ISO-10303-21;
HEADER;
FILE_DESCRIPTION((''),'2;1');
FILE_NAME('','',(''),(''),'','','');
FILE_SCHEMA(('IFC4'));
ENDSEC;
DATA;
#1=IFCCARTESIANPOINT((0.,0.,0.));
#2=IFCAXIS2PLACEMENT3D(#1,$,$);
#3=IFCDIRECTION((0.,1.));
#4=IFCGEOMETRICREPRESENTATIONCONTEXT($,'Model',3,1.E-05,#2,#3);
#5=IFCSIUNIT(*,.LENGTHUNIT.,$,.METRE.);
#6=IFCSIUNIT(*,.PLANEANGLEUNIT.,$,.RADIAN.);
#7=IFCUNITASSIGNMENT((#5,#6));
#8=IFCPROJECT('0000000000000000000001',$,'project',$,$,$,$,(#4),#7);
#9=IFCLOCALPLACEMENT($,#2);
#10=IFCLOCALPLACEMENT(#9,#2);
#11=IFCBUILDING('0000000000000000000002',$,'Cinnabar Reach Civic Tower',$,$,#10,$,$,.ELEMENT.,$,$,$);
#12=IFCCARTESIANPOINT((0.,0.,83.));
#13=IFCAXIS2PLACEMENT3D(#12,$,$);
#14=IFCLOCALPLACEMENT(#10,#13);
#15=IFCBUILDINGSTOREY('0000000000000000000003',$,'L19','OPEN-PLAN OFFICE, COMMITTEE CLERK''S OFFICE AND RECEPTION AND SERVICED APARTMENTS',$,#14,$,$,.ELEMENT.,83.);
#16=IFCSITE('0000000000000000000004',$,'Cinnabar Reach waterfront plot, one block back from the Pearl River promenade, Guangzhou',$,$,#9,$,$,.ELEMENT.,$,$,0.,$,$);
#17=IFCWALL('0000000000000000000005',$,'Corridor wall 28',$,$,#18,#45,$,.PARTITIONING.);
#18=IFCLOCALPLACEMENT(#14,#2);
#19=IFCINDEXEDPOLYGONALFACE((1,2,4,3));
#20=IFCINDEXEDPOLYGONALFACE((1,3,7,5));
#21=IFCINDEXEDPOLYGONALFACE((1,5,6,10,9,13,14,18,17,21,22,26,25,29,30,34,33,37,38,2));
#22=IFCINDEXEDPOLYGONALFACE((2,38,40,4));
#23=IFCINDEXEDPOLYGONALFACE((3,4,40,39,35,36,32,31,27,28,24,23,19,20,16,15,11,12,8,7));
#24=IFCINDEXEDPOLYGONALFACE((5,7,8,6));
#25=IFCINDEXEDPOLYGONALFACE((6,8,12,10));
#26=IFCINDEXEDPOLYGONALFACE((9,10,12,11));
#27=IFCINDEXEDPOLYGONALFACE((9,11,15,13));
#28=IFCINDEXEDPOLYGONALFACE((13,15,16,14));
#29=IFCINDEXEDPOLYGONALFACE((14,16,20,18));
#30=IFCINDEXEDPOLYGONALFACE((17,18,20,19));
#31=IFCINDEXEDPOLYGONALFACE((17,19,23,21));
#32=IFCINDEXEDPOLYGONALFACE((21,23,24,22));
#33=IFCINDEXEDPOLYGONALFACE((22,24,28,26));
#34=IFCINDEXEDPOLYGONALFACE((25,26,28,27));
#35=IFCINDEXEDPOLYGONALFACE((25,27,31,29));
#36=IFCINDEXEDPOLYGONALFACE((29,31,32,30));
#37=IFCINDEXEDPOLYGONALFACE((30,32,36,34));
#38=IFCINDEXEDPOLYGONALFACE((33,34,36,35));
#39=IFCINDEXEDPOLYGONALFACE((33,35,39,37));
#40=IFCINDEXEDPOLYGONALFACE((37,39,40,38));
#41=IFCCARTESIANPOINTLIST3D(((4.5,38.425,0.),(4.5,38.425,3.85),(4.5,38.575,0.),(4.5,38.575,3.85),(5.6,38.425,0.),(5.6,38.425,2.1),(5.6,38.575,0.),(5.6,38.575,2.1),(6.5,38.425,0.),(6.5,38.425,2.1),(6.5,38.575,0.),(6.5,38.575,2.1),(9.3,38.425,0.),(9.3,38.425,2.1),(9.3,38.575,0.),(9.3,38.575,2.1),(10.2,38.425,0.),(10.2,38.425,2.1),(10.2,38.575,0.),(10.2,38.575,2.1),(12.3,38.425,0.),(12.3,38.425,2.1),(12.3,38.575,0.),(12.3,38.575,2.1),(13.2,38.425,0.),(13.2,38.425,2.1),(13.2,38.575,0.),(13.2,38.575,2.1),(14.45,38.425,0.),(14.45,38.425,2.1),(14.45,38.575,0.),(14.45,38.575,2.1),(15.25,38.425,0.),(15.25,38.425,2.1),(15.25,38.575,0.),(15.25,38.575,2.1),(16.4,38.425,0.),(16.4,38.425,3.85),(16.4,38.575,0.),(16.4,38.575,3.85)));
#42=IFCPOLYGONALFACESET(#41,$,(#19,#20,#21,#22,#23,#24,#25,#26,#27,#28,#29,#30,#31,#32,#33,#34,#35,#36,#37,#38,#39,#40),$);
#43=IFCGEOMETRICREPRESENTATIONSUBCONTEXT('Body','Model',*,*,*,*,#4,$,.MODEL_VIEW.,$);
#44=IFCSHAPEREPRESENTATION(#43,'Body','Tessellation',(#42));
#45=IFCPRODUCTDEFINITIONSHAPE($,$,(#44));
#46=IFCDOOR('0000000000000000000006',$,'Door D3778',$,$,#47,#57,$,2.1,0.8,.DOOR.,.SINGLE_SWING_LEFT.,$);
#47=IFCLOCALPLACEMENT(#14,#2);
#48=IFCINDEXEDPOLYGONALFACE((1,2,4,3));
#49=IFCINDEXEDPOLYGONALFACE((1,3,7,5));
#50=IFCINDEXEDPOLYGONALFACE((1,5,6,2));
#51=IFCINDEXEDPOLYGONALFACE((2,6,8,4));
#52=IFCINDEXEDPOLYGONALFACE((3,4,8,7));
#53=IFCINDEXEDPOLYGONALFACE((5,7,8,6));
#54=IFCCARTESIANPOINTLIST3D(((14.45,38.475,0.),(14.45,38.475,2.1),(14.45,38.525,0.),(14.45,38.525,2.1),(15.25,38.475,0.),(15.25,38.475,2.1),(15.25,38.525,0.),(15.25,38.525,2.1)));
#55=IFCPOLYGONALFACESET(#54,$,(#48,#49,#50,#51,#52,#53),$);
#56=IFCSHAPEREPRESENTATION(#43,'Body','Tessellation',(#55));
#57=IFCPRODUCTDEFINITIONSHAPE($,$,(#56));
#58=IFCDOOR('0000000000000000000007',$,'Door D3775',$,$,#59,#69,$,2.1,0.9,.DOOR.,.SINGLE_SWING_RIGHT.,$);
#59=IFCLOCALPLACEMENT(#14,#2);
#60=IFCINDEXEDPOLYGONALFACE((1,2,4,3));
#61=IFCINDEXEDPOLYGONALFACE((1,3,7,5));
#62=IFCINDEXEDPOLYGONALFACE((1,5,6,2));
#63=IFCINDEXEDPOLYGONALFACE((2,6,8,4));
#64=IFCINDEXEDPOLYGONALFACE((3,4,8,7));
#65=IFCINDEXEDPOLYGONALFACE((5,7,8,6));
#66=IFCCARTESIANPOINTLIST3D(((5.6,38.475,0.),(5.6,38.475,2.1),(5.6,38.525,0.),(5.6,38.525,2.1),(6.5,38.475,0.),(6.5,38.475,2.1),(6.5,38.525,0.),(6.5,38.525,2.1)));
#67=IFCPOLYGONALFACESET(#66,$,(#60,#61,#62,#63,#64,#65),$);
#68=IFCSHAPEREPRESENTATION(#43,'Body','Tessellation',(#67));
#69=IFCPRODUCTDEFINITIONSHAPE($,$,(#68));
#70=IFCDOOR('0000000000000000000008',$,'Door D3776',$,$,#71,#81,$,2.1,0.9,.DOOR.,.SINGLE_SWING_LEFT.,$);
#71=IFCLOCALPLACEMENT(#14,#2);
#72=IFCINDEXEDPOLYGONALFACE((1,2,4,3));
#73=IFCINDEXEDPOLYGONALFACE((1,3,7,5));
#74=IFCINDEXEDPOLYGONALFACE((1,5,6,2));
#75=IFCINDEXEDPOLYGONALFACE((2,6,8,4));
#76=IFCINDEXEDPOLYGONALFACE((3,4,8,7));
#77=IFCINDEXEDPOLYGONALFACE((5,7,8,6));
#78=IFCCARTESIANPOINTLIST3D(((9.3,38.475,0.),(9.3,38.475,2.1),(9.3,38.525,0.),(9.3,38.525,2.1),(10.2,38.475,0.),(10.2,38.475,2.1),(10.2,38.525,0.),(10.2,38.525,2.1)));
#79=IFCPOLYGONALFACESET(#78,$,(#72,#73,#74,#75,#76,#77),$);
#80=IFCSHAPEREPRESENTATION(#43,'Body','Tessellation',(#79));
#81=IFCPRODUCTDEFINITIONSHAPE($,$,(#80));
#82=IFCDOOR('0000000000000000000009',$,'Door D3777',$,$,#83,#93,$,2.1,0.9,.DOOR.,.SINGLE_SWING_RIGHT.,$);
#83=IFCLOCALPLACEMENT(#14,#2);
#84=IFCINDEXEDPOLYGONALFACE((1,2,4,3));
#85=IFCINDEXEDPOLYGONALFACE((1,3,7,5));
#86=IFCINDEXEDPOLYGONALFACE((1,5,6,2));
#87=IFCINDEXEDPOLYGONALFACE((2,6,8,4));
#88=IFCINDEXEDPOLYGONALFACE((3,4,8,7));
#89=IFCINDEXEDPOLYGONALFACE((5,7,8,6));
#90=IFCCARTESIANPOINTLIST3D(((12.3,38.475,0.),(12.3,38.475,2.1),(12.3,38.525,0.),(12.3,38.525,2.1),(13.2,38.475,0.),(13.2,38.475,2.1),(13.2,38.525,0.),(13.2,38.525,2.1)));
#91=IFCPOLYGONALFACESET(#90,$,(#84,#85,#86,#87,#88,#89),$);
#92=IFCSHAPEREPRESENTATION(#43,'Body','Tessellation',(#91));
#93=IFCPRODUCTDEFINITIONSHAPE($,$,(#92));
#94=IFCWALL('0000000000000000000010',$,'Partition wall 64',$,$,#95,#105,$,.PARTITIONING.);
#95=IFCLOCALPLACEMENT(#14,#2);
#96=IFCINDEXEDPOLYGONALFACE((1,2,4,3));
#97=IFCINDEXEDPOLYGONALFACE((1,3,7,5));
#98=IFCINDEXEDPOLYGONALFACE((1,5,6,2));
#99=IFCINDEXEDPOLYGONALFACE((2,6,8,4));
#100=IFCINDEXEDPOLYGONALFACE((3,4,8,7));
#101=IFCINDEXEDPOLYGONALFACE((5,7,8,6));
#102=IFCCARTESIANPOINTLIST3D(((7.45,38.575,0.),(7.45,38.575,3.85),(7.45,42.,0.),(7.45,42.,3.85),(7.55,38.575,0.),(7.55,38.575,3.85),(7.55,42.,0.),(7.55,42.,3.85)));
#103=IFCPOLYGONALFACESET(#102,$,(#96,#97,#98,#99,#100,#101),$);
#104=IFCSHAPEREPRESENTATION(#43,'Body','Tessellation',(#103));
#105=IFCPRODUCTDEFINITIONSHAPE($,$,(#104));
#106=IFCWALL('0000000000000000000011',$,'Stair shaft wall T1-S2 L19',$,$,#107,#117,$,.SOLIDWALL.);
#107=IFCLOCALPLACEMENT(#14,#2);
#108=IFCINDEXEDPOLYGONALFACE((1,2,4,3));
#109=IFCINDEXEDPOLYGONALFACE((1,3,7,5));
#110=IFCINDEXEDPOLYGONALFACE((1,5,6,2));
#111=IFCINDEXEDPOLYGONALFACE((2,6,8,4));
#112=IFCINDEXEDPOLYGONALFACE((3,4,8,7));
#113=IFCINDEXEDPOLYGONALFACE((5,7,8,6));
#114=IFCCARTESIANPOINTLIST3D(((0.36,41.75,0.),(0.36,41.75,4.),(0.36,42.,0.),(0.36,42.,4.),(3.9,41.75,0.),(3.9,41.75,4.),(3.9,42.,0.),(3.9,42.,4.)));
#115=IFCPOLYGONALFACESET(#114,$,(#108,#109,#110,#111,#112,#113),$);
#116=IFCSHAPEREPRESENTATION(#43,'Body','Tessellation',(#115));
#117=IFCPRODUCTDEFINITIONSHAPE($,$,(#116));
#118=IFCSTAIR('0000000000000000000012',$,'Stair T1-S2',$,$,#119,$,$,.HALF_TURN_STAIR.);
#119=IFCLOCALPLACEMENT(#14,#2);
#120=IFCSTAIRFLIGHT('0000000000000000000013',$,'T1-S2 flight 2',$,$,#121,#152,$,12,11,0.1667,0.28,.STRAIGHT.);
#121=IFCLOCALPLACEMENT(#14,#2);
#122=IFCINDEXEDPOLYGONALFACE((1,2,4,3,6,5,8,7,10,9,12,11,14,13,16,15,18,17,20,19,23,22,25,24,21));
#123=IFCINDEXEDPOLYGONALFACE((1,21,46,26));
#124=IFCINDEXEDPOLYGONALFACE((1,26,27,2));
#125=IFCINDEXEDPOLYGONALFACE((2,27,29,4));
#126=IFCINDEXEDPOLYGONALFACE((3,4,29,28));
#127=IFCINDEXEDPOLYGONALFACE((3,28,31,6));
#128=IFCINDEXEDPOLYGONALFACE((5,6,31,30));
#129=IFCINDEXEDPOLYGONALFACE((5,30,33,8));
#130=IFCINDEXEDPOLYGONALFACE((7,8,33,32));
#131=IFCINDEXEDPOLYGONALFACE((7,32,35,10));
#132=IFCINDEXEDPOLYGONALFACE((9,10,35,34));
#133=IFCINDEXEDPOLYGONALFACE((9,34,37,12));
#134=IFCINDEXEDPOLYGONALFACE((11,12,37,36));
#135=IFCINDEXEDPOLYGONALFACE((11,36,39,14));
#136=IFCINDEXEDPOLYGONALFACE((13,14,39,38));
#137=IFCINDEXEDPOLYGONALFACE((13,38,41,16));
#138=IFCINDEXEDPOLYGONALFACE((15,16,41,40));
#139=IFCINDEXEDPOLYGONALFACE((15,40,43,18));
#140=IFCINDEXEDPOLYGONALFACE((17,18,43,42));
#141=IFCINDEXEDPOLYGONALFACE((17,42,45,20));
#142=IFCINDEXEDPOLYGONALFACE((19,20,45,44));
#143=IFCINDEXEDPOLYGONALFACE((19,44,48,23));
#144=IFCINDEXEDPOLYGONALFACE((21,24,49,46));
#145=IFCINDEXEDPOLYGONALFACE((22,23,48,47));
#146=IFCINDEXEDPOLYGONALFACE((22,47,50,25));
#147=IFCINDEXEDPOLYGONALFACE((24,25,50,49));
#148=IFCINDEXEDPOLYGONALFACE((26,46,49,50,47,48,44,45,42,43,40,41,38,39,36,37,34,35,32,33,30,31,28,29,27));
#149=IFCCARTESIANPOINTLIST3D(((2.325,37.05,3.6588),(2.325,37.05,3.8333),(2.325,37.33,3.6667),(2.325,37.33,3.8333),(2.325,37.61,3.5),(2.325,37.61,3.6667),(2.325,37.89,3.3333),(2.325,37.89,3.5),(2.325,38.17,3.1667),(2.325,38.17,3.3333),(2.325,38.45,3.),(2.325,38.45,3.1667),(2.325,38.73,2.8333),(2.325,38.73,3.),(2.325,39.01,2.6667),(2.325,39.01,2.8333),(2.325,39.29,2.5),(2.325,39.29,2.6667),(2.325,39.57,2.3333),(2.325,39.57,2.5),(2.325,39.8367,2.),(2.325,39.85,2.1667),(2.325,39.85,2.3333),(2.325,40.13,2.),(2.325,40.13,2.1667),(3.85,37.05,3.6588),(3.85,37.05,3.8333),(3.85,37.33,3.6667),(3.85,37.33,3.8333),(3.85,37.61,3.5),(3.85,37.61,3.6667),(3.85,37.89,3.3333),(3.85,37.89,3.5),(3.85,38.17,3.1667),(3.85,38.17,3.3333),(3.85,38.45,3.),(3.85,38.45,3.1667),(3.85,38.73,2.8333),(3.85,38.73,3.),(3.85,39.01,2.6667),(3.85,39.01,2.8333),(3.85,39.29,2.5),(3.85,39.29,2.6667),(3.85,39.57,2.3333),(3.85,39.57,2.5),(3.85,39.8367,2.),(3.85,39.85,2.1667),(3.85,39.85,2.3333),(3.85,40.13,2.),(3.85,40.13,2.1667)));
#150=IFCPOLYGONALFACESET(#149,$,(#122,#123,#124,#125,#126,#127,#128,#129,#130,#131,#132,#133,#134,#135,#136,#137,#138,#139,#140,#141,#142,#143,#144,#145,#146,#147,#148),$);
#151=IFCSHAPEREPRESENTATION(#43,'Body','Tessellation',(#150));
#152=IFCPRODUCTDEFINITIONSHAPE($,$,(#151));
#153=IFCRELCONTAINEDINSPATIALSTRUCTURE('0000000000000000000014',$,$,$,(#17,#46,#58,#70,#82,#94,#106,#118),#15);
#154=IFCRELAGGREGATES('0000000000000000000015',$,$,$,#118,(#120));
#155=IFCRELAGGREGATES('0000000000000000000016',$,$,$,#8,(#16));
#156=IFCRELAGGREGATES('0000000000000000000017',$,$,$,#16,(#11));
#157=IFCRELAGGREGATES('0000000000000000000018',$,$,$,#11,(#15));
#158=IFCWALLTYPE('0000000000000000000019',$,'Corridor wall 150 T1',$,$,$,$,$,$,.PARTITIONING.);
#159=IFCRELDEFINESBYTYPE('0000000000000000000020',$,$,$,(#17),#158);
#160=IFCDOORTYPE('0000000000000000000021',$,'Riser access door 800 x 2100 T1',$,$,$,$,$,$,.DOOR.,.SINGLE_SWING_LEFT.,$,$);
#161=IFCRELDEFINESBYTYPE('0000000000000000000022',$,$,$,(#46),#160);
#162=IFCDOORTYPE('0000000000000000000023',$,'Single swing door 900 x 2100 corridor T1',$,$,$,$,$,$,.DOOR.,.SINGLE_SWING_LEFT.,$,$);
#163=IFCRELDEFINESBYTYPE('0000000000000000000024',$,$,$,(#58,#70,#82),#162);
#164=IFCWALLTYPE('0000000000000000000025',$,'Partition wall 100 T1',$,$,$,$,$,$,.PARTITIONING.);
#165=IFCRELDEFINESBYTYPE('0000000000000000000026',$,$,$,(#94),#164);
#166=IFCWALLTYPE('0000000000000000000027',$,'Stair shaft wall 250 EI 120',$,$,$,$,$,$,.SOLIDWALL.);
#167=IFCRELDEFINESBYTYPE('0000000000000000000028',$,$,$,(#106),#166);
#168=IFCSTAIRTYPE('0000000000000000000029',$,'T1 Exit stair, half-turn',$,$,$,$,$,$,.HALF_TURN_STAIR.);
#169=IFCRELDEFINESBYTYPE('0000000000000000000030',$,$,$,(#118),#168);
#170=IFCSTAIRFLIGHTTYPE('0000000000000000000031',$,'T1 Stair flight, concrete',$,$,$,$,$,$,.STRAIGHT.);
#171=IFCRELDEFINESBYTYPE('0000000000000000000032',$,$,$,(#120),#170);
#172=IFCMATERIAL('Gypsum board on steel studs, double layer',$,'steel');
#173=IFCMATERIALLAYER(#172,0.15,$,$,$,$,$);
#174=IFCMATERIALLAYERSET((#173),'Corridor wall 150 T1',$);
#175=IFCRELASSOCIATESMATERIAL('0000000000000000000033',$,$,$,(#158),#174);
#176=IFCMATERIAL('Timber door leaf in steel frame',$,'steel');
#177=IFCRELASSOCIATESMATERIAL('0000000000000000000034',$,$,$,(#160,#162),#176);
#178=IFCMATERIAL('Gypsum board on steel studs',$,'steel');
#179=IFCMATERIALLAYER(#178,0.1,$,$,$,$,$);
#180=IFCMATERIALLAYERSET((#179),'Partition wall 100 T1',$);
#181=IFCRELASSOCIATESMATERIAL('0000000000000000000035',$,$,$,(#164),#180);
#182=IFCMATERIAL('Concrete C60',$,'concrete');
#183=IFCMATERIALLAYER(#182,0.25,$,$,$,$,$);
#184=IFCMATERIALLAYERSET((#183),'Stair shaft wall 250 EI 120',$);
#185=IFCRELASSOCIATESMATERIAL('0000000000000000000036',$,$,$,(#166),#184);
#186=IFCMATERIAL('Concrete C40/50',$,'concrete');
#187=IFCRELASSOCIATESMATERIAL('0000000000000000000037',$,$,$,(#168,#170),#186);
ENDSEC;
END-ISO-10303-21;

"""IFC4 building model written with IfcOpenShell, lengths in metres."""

from ifc_helpers import new_model, si_unit, direction, frame, frame_2d, origin, place, context, subcontext, project, spatial, polyline, rectangle, outline, extrude, material, layer, layer_set, type_object, element, fill, aggregate, save


model = new_model("IFC4")

# Units and contexts
model_context = context("Model", 3, precision=1e-05, world=origin(), true_north=direction((0.0, 1.0)))
body_context = subcontext(model_context, "Body", "Model", "MODEL_VIEW")
ifc_project = project(units=[si_unit("LENGTHUNIT", "METRE"), si_unit("PLANEANGLEUNIT", "RADIAN")], contexts=[model_context])

# Site, building, storey
site_placement = place(None, origin())
site = spatial("IfcSite", under=ifc_project, at=site_placement, Name="Cinnabar Reach waterfront plot, one block back from the Pearl River promenade, Guangzhou", CompositionType="ELEMENT", RefElevation=0.0)
building_placement = place(site_placement, origin())
building = spatial("IfcBuilding", under=site, at=building_placement, Name="Cinnabar Reach Civic Tower", CompositionType="ELEMENT")
storey_placement = place(building_placement, frame((0.0, 0.0, 83.0)))
storey = spatial("IfcBuildingStorey", under=building, at=storey_placement, Name="L19", Description="OPEN-PLAN OFFICE, COMMITTEE CLERK'S OFFICE AND RECEPTION AND SERVICED APARTMENTS", CompositionType="ELEMENT", Elevation=83.0)

# Shared definitions
ifc_material_1 = material(Name="Timber door leaf in steel frame", Category="steel")

# Wall, openings, doors
ifc_material_2 = material(Name="Gypsum board on steel studs, double layer", Category="steel")
ifc_layer_1 = layer(ifc_material_2, 0.15)
ifc_layer_set_1 = layer_set([ifc_layer_1], Name="Corridor wall 150 T1")
wall_type_1 = type_object("IfcWallType", Name="Corridor wall 150 T1", PredefinedType="PARTITIONING", material=ifc_layer_set_1)
wall_1_placement = place(storey_placement, frame((4.5, 38.5, 0.0), z_axis=(0.0, 0.0, 1.0), x_axis=(1.0, 0.0, 0.0)))
wall_1 = element("IfcWall", 1, at=wall_1_placement, inside=storey, type_object=wall_type_1, Name="Corridor wall 28", PredefinedType="PARTITIONING", context=body_context, shape_type="SweptSolid", body=[
    extrude(rectangle(XDim=11.9, YDim=0.15, at=frame_2d((5.95, 0.0))), origin(), (0.0, 0.0, 1.0), 3.85),
])
opening_1_placement = place(wall_1_placement, frame((1.1, 0.0, 0.0)))
opening_1 = element("IfcOpeningElement", 2, at=opening_1_placement, cuts=wall_1, PredefinedType="OPENING", context=body_context, shape_type="SweptSolid", body=[
    extrude(rectangle(XDim=0.9, YDim=2.1, at=frame_2d((0.45, 1.05))), frame((0.0, 0.085, 0.0), z_axis=(0.0, -1.0, 0.0), x_axis=(1.0, 0.0, 0.0)), (0.0, 0.0, 1.0), 0.17),
])
opening_2_placement = place(wall_1_placement, frame((4.8, 0.0, 0.0)))
opening_2 = element("IfcOpeningElement", 3, at=opening_2_placement, cuts=wall_1, PredefinedType="OPENING", context=body_context, shape_type="SweptSolid", body=[
    extrude(rectangle(XDim=0.9, YDim=2.1, at=frame_2d((0.45, 1.05))), frame((0.0, 0.085, 0.0), z_axis=(0.0, -1.0, 0.0), x_axis=(1.0, 0.0, 0.0)), (0.0, 0.0, 1.0), 0.17),
])
opening_3_placement = place(wall_1_placement, frame((7.8, 0.0, 0.0)))
opening_3 = element("IfcOpeningElement", 4, at=opening_3_placement, cuts=wall_1, PredefinedType="OPENING", context=body_context, shape_type="SweptSolid", body=[
    extrude(rectangle(XDim=0.9, YDim=2.1, at=frame_2d((0.45, 1.05))), frame((0.0, 0.085, 0.0), z_axis=(0.0, -1.0, 0.0), x_axis=(1.0, 0.0, 0.0)), (0.0, 0.0, 1.0), 0.17),
])
opening_4_placement = place(wall_1_placement, frame((9.95, 0.0, 0.0)))
opening_4 = element("IfcOpeningElement", 5, at=opening_4_placement, cuts=wall_1, PredefinedType="OPENING", context=body_context, shape_type="SweptSolid", body=[
    extrude(rectangle(XDim=0.8, YDim=2.1, at=frame_2d((0.4, 1.05))), frame((0.0, 0.085, 0.0), z_axis=(0.0, -1.0, 0.0), x_axis=(1.0, 0.0, 0.0)), (0.0, 0.0, 1.0), 0.17),
])
door_type_1 = type_object("IfcDoorType", Name="Riser access door 800 x 2100 T1", OperationType="SINGLE_SWING_LEFT", PredefinedType="DOOR", material=ifc_material_1)
door_1_placement = place(opening_4_placement, origin())
door_1 = element("IfcDoor", 6, at=door_1_placement, inside=storey, type_object=door_type_1, Name="Door D3778", OperationType="SINGLE_SWING_LEFT", OverallHeight=2.1, OverallWidth=0.8, PredefinedType="DOOR", context=body_context, shape_type="SweptSolid", body=[
    extrude(rectangle(XDim=0.8, YDim=2.1, at=frame_2d((0.4, 1.05))), frame((0.0, 0.025, 0.0), z_axis=(0.0, -1.0, 0.0), x_axis=(1.0, 0.0, 0.0)), (0.0, 0.0, 1.0), 0.05),
])
fill(opening_4, door_1)
door_type_2 = type_object("IfcDoorType", Name="Single swing door 900 x 2100 corridor T1", OperationType="SINGLE_SWING_LEFT", PredefinedType="DOOR", material=ifc_material_1)
door_2_placement = place(opening_1_placement, origin())
door_2 = element("IfcDoor", 7, at=door_2_placement, inside=storey, type_object=door_type_2, Name="Door D3775", OperationType="SINGLE_SWING_RIGHT", OverallHeight=2.1, OverallWidth=0.9, PredefinedType="DOOR", context=body_context, shape_type="SweptSolid", body=[
    extrude(rectangle(XDim=0.9, YDim=2.1, at=frame_2d((0.45, 1.05))), frame((0.0, 0.025, 0.0), z_axis=(0.0, -1.0, 0.0), x_axis=(1.0, 0.0, 0.0)), (0.0, 0.0, 1.0), 0.05),
])
fill(opening_1, door_2)
door_3_placement = place(opening_2_placement, origin())
door_3 = element("IfcDoor", 8, at=door_3_placement, inside=storey, type_object=door_type_2, Name="Door D3776", OperationType="SINGLE_SWING_LEFT", OverallHeight=2.1, OverallWidth=0.9, PredefinedType="DOOR", context=body_context, shape_type="SweptSolid", body=[
    extrude(rectangle(XDim=0.9, YDim=2.1, at=frame_2d((0.45, 1.05))), frame((0.0, 0.025, 0.0), z_axis=(0.0, -1.0, 0.0), x_axis=(1.0, 0.0, 0.0)), (0.0, 0.0, 1.0), 0.05),
])
fill(opening_2, door_3)
door_4_placement = place(opening_3_placement, origin())
door_4 = element("IfcDoor", 9, at=door_4_placement, inside=storey, type_object=door_type_2, Name="Door D3777", OperationType="SINGLE_SWING_RIGHT", OverallHeight=2.1, OverallWidth=0.9, PredefinedType="DOOR", context=body_context, shape_type="SweptSolid", body=[
    extrude(rectangle(XDim=0.9, YDim=2.1, at=frame_2d((0.45, 1.05))), frame((0.0, 0.025, 0.0), z_axis=(0.0, -1.0, 0.0), x_axis=(1.0, 0.0, 0.0)), (0.0, 0.0, 1.0), 0.05),
])
fill(opening_3, door_4)

# Walls
ifc_material_3 = material(Name="Gypsum board on steel studs", Category="steel")
ifc_layer_2 = layer(ifc_material_3, 0.1)
ifc_layer_set_2 = layer_set([ifc_layer_2], Name="Partition wall 100 T1")
wall_type_2 = type_object("IfcWallType", Name="Partition wall 100 T1", PredefinedType="PARTITIONING", material=ifc_layer_set_2)
wall_2_placement = place(storey_placement, frame((7.5, 38.575, 0.0), z_axis=(0.0, 0.0, 1.0), x_axis=(0.0, 1.0, 0.0)))
element("IfcWall", 10, at=wall_2_placement, inside=storey, type_object=wall_type_2, Name="Partition wall 64", PredefinedType="PARTITIONING", context=body_context, shape_type="SweptSolid", body=[
    extrude(rectangle(XDim=3.425, YDim=0.1, at=frame_2d((1.7125, 0.0))), origin(), (0.0, 0.0, 1.0), 3.85),
])
ifc_material_4 = material(Name="Concrete C60", Category="concrete")
ifc_layer_3 = layer(ifc_material_4, 0.25)
ifc_layer_set_3 = layer_set([ifc_layer_3], Name="Stair shaft wall 250 EI 120")
wall_type_3 = type_object("IfcWallType", Name="Stair shaft wall 250 EI 120", PredefinedType="SOLIDWALL", material=ifc_layer_set_3)
wall_3_placement = place(storey_placement, frame((3.9, 41.875, 0.0), z_axis=(0.0, 0.0, 1.0), x_axis=(-1.0, 0.0, 0.0)))
element("IfcWall", 11, at=wall_3_placement, inside=storey, type_object=wall_type_3, Name="Stair shaft wall T1-S2 L19", PredefinedType="SOLIDWALL", context=body_context, shape_type="SweptSolid", body=[
    extrude(rectangle(XDim=3.54, YDim=0.25, at=frame_2d((1.77, 0.0))), origin(), (0.0, 0.0, 1.0), 4.0),
])

# Stair, stair flight
ifc_material_5 = material(Name="Concrete C40/50", Category="concrete")
stair_type = type_object("IfcStairType", Name="T1 Exit stair, half-turn", PredefinedType="HALF_TURN_STAIR", material=ifc_material_5)
stair_placement = place(storey_placement, origin())
stair = element("IfcStair", 12, at=stair_placement, inside=storey, type_object=stair_type, Name="Stair T1-S2", PredefinedType="HALF_TURN_STAIR")
stair_flight_type = type_object("IfcStairFlightType", Name="T1 Stair flight, concrete", PredefinedType="STRAIGHT", material=ifc_material_5)
stair_flight_placement = place(storey_placement, frame((3.0875, 40.13, 2.0), z_axis=(0.0, 0.0, 1.0), x_axis=(0.0, -1.0, 0.0)))
stair_flight = element("IfcStairFlight", 13, at=stair_flight_placement, type_object=stair_flight_type, Name="T1-S2 flight 2", NumberOfRisers=12, NumberOfTreads=11, PredefinedType="STRAIGHT", RiserHeight=0.1667, TreadLength=0.28, context=body_context, shape_type="SweptSolid", body=[
    extrude(outline(polyline([(0.0, 0.0), (0.0, 0.1667), (0.28, 0.1667), (0.28, 0.3333), (0.56, 0.3333), (0.56, 0.5), (0.84, 0.5), (0.84, 0.6667), (1.12, 0.6667), (1.12, 0.8333), (1.4, 0.8333), (1.4, 1.0), (1.68, 1.0), (1.68, 1.1667), (1.96, 1.1667), (1.96, 1.3333), (2.24, 1.3333), (2.24, 1.5), (2.52, 1.5), (2.52, 1.6667), (2.8, 1.6667), (2.8, 1.8333), (3.08, 1.8333), (3.08, 2.0), (3.08, 1.6588), (0.2933, 0.0), (0.0, 0.0)])), frame((0.0, 0.7625, 0.0), z_axis=(0.0, -1.0, 0.0), x_axis=(1.0, 0.0, 0.0)), (0.0, 0.0, 1.0), 1.525),
])
aggregate(stair, [stair_flight])

save(model, "model.ifc")
